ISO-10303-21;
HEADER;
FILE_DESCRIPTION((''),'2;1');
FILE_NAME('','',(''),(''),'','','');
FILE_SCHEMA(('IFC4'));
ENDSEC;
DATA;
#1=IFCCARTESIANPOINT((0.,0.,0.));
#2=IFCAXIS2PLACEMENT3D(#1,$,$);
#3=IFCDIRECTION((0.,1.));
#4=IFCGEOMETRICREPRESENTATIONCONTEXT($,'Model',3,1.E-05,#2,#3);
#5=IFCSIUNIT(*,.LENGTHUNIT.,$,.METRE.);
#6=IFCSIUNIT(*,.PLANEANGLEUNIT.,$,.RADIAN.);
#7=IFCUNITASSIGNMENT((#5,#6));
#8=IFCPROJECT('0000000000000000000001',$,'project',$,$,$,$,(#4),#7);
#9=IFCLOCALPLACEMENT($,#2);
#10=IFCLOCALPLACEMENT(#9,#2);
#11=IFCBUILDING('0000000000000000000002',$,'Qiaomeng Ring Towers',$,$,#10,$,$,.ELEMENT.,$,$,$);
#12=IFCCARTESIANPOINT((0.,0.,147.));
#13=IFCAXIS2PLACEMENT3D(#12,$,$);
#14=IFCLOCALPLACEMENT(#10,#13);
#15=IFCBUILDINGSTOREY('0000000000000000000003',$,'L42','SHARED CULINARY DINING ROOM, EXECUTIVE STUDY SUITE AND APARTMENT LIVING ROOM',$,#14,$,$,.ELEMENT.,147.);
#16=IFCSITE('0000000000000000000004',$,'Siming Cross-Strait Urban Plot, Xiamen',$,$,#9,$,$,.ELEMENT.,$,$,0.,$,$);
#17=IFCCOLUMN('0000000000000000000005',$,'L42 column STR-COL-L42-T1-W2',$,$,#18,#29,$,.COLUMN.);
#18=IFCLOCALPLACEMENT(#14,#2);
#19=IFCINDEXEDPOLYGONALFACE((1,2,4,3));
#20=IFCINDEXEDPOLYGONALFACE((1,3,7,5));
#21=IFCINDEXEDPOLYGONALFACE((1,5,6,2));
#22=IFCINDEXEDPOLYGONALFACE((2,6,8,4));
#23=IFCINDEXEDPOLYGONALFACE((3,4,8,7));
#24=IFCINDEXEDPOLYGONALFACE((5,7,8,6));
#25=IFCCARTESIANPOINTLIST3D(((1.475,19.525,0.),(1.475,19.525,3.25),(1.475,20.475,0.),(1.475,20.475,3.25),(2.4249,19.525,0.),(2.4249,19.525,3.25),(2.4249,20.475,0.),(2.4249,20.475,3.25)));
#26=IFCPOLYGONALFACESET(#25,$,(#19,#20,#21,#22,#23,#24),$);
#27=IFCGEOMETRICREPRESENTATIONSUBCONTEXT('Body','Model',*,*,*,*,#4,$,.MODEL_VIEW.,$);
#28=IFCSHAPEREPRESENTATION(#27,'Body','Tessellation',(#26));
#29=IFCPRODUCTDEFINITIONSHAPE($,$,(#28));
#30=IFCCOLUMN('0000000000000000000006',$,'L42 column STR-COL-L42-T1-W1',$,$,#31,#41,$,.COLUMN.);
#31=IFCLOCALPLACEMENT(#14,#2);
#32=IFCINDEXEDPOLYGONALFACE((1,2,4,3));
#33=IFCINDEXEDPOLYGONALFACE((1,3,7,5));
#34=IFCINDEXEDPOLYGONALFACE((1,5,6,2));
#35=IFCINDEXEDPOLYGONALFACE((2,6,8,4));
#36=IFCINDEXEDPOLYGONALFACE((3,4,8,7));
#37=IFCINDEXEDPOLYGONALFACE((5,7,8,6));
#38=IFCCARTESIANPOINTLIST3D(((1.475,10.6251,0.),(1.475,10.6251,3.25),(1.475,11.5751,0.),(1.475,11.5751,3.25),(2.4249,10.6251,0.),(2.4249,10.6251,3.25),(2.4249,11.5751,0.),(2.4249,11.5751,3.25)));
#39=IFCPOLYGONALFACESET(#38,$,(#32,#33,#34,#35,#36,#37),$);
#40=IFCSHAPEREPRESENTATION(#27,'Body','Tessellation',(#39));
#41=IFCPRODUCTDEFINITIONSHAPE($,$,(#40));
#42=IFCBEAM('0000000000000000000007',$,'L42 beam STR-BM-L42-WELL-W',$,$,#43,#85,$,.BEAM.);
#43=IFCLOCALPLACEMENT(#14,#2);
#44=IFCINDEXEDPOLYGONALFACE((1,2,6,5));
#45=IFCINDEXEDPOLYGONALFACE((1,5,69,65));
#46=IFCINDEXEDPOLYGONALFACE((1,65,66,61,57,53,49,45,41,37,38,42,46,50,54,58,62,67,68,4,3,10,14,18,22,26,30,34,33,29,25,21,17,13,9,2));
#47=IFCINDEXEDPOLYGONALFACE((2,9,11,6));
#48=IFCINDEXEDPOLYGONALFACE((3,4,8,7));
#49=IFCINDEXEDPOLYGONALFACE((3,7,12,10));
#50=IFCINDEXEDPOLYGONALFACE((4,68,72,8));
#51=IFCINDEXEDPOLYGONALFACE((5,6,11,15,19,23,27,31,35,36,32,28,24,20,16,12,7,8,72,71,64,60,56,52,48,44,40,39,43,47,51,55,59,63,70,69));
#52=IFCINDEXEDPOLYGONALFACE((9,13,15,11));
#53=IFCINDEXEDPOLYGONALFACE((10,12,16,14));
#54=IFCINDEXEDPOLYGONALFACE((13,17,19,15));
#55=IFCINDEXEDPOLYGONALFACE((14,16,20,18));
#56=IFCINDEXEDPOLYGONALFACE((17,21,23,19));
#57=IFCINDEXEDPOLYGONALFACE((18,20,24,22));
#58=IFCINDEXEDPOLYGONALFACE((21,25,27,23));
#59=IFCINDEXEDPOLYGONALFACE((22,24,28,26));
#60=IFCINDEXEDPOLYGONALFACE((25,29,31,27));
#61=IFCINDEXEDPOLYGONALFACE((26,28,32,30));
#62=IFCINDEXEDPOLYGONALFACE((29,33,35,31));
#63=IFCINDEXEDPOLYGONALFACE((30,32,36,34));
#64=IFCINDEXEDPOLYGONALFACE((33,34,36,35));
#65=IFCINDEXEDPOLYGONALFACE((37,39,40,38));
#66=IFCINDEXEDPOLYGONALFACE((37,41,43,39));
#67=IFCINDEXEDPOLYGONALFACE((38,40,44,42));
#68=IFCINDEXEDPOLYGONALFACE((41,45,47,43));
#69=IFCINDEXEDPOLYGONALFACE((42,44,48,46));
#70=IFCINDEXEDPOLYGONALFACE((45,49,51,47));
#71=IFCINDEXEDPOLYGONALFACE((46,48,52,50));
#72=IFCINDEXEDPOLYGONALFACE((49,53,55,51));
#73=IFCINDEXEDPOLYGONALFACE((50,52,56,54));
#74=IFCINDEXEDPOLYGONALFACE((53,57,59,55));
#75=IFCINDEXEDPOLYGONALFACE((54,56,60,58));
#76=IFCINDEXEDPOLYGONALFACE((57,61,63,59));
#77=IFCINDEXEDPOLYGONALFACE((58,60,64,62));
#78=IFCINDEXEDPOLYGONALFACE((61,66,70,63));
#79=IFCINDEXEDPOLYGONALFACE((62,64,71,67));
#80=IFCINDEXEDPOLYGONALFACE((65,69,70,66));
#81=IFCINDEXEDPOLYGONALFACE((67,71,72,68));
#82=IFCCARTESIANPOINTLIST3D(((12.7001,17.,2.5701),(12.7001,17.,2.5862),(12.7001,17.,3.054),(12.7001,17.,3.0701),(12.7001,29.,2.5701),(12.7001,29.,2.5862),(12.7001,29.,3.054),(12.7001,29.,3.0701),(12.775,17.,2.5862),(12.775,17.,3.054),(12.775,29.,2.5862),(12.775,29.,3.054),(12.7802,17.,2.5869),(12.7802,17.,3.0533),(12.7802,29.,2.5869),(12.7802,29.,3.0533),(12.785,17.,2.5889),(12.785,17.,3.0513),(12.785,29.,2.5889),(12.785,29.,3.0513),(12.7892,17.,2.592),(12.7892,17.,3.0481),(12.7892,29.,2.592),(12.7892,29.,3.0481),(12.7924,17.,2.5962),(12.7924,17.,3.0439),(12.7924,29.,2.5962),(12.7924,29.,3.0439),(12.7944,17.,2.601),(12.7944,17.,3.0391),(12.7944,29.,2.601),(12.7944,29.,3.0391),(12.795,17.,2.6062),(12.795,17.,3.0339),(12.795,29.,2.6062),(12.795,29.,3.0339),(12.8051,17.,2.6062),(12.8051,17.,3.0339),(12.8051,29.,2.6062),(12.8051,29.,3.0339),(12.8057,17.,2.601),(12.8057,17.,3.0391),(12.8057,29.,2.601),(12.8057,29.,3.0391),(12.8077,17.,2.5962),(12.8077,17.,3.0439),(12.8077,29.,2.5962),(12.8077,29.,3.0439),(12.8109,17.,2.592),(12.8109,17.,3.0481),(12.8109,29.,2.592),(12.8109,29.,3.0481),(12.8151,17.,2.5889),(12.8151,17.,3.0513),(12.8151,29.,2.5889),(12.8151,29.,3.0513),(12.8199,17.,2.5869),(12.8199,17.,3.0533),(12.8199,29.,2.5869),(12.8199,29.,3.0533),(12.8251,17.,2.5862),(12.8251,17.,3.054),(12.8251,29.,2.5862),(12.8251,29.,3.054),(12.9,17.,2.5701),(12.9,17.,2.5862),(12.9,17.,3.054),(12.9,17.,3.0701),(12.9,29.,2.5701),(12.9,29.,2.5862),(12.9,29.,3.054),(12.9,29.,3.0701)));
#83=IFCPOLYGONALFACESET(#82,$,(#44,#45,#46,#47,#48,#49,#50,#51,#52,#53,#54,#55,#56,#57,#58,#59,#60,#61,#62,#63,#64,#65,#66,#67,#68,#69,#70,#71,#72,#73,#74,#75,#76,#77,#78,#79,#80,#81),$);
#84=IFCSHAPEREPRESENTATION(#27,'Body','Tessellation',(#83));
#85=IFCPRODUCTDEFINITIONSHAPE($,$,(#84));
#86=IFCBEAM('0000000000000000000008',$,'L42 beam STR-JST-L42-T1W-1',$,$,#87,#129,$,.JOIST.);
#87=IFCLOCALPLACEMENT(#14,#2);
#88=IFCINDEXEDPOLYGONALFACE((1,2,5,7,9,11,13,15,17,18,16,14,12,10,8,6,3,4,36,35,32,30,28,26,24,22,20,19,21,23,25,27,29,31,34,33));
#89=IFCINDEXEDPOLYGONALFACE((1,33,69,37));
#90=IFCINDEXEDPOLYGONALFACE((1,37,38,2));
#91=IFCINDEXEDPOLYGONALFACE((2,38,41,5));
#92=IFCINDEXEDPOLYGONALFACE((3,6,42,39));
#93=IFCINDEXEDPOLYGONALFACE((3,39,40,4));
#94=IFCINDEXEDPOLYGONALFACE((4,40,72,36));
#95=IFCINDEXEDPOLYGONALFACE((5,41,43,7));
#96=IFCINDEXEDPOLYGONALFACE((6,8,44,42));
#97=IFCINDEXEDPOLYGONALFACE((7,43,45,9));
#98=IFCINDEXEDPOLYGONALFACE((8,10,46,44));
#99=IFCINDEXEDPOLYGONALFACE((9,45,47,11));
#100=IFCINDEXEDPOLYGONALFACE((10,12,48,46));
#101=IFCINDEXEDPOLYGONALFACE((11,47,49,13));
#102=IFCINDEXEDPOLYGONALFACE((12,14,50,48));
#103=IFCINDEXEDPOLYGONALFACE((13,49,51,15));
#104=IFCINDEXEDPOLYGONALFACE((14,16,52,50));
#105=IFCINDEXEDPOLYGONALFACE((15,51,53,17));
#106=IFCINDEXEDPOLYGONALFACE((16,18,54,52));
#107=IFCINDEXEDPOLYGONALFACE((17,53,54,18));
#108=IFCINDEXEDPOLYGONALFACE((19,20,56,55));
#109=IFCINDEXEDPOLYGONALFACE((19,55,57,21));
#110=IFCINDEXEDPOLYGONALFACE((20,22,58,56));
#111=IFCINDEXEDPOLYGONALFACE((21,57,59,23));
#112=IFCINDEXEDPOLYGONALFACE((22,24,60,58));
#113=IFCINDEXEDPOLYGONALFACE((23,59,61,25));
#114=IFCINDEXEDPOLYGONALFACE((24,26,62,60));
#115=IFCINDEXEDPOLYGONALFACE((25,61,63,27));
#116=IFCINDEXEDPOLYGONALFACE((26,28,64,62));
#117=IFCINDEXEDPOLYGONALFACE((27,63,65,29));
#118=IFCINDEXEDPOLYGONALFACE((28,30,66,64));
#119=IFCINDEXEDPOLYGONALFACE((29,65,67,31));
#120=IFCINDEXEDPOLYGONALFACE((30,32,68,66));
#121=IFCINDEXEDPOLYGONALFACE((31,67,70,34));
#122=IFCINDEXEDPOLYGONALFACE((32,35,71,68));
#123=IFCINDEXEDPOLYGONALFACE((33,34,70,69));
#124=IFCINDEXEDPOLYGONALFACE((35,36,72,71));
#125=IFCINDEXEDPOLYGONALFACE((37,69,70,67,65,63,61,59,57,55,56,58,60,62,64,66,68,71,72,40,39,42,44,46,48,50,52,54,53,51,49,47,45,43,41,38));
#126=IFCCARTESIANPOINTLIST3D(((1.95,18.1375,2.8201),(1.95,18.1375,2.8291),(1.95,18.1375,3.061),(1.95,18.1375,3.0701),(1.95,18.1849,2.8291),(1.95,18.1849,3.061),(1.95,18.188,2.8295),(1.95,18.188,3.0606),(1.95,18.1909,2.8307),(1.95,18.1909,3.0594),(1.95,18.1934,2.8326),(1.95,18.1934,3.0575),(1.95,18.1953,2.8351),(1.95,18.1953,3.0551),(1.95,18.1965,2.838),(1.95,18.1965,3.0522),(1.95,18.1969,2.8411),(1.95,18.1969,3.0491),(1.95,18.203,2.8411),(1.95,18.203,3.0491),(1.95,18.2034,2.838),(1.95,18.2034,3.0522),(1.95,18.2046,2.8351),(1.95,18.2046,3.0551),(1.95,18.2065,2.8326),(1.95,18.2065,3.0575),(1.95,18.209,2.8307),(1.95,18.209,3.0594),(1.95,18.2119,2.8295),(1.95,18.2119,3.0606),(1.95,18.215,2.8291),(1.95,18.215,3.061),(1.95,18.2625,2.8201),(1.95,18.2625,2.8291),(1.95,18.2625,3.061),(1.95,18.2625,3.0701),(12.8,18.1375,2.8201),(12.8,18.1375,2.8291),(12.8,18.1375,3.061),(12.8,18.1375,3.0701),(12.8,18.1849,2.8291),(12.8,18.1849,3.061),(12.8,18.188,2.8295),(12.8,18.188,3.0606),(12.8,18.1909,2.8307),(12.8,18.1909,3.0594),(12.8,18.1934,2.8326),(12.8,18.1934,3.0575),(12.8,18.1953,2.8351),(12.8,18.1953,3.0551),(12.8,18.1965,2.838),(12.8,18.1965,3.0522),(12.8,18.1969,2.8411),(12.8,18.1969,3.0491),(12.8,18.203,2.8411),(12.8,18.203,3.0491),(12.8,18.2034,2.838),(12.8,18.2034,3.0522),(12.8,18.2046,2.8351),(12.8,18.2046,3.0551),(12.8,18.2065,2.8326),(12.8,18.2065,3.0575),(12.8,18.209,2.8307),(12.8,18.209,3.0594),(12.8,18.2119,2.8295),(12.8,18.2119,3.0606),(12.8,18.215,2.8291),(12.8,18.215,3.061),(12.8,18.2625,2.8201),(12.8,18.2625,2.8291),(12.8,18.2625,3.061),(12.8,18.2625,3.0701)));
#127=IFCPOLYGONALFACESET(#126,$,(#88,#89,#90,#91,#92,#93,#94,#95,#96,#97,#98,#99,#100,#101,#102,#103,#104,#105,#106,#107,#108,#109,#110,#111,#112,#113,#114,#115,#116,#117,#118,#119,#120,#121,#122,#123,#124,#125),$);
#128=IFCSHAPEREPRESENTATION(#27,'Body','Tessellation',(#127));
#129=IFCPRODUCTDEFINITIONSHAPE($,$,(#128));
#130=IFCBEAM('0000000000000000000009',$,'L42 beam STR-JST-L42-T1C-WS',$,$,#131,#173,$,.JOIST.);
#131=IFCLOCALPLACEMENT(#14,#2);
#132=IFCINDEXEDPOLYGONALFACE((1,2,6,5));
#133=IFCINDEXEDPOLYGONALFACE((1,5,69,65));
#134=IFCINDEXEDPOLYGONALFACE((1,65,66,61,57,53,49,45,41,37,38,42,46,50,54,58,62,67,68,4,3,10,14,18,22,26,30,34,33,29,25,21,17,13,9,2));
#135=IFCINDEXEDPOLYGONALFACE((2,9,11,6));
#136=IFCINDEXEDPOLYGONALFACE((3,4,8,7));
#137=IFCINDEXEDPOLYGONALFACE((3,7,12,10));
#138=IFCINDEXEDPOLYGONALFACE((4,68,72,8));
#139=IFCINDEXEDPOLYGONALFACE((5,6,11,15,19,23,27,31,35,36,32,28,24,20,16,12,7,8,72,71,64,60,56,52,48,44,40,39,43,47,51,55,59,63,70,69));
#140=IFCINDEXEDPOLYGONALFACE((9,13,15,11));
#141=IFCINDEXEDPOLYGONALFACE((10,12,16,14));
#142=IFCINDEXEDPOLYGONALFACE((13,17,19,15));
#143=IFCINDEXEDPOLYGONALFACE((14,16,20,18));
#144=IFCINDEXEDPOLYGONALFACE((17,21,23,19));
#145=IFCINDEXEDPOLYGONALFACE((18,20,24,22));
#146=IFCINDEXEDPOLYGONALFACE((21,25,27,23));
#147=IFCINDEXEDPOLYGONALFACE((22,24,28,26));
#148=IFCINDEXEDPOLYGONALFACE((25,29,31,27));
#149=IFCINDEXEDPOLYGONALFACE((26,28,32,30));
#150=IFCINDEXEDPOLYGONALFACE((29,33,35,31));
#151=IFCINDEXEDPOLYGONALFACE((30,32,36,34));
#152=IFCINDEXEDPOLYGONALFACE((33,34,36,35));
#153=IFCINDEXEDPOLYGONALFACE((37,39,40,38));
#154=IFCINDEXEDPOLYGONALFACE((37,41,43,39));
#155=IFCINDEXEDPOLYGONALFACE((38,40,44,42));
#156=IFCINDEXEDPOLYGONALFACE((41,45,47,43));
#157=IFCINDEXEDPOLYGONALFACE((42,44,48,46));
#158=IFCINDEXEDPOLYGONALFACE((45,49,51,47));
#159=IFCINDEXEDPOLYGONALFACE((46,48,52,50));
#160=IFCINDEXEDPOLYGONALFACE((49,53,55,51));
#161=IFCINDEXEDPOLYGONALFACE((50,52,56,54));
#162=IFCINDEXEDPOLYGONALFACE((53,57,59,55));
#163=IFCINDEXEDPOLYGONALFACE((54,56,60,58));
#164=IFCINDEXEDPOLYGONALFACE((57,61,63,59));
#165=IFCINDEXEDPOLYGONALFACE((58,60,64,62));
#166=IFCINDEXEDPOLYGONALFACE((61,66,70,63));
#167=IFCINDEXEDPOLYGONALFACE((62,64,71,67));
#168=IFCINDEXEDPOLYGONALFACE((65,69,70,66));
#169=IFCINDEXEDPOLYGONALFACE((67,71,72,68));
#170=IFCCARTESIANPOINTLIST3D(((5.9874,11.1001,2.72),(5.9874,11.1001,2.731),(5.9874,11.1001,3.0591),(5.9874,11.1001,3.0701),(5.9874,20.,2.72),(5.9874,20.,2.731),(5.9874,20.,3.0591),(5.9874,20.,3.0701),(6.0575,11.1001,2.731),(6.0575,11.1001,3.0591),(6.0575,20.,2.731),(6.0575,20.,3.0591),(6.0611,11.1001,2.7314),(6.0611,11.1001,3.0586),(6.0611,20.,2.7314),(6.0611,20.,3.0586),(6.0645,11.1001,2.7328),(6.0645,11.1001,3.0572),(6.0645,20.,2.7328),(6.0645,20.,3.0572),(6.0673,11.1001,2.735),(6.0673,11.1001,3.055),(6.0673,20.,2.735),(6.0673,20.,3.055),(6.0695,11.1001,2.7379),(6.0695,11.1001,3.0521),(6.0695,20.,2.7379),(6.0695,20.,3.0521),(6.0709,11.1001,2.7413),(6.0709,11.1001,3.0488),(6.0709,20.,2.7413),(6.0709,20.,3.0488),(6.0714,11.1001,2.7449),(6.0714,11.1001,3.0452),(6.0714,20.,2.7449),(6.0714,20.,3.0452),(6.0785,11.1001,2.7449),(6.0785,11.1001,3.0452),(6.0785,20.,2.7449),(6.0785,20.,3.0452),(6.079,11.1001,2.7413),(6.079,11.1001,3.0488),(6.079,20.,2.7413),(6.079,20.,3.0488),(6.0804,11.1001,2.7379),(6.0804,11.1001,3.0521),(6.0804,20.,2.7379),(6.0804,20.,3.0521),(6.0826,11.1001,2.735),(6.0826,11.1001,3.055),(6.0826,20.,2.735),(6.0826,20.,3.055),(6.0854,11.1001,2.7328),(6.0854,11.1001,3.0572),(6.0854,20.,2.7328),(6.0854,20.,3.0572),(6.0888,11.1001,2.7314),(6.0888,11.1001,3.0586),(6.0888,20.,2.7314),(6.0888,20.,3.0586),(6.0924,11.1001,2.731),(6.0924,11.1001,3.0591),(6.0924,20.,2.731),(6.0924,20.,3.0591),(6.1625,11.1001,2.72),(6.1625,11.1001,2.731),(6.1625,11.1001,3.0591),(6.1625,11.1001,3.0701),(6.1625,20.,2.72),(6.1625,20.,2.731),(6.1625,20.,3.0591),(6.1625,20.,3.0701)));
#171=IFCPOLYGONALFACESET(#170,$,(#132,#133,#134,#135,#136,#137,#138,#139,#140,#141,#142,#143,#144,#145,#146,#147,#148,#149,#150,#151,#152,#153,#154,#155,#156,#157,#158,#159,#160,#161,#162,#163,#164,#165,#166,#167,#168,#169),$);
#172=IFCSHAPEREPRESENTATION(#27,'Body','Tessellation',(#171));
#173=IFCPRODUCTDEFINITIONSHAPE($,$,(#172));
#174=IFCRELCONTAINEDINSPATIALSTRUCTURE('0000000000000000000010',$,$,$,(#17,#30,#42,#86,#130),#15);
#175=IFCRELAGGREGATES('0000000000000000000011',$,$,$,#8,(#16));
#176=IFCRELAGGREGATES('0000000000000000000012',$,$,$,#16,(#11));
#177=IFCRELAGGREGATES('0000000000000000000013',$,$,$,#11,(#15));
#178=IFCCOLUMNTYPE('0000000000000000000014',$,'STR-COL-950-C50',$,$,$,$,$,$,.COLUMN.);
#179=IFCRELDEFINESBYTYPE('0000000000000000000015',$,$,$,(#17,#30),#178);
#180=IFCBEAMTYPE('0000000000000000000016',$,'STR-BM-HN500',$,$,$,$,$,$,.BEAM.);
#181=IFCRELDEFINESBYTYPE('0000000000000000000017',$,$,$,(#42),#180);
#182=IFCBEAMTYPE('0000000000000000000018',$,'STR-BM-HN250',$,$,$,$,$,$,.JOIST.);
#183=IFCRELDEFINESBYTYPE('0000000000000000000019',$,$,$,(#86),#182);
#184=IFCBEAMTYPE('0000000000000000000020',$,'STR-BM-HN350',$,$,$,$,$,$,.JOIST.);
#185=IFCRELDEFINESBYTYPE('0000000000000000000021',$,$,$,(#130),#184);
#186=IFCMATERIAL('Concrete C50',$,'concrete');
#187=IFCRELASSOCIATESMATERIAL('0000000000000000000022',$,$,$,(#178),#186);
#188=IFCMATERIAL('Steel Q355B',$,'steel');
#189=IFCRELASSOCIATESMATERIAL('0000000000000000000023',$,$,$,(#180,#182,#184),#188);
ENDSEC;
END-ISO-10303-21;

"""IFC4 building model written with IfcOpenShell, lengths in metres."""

from ifc_helpers import new_model, si_unit, direction, frame, origin, origin_2d, place, context, subcontext, project, spatial, rectangle, i_section, extrude, source, transform, mapped, material, material_profile, profile_set, type_object, element, save


model = new_model("IFC4")

# Units and contexts
model_context = context("Model", 3, precision=1e-05, world=origin(), true_north=direction((0.0, 1.0)))
body_context = subcontext(model_context, "Body", "Model", "MODEL_VIEW")
ifc_project = project(units=[si_unit("LENGTHUNIT", "METRE"), si_unit("PLANEANGLEUNIT", "RADIAN")], contexts=[model_context])

# Site, building, storey
site_placement = place(None, origin())
site = spatial("IfcSite", under=ifc_project, at=site_placement, Name="Siming Cross-Strait Urban Plot, Xiamen", CompositionType="ELEMENT", RefElevation=0.0)
building_placement = place(site_placement, origin())
building = spatial("IfcBuilding", under=site, at=building_placement, Name="Qiaomeng Ring Towers", CompositionType="ELEMENT")
storey_placement = place(building_placement, frame((0.0, 0.0, 147.0)))
storey = spatial("IfcBuildingStorey", under=building, at=storey_placement, Name="L42", Description="SHARED CULINARY DINING ROOM, EXECUTIVE STUDY SUITE AND APARTMENT LIVING ROOM", CompositionType="ELEMENT", Elevation=147.0)

# Columns
ifc_material_1 = material(Name="Concrete C50", Category="concrete")
ifc_material_profile_1 = material_profile(ifc_material_1, rectangle(XDim=0.95, YDim=0.95, at=origin_2d()), Name="RC COL 950x950")
ifc_profile_set_1 = profile_set([ifc_material_profile_1], Name="Concrete C50")
column_type = type_object("IfcColumnType", Name="STR-COL-950-C50", PredefinedType="COLUMN", material=ifc_profile_set_1)
shared_shape_1 = source(origin(), body_context, "Body", "SweptSolid", [
    extrude(rectangle(XDim=0.95, YDim=0.95, at=origin_2d()), origin(), (0.0, 0.0, 1.0), 3.25),
])
for number, where, z_axis, x_axis, name in (
    (1, (1.95, 20.0, 0.0), (0.0, 0.0, 1.0), (1.0, 0.0, 0.0), "L42 column STR-COL-L42-T1-W2"),
    (2, (1.95, 11.1001, 0.0), (0.0, 0.0, 1.0), (1.0, 0.0, 0.0), "L42 column STR-COL-L42-T1-W1"),
):
    element("IfcColumn", number, at=place(storey_placement, frame(where, z_axis=z_axis, x_axis=x_axis)), inside=storey, type_object=column_type, Name=name, PredefinedType="COLUMN", context=body_context, shape_type="MappedRepresentation", body=[
        mapped(shared_shape_1, transform((0.0, 0.0, 0.0), x_axis=(1.0, 0.0, 0.0), y_axis=(0.0, 1.0, 0.0), z_axis=(0.0, 0.0, 1.0), scale=1.0)),
    ])

# Beams
ifc_material_2 = material(Name="Steel Q355B", Category="steel")
ifc_material_profile_2 = material_profile(ifc_material_2, i_section(OverallWidth=0.2, OverallDepth=0.5, WebThickness=0.01, FlangeThickness=0.0161, FilletRadius=0.02, at=origin_2d()), Name="HN 500x200x10x16")
ifc_profile_set_2 = profile_set([ifc_material_profile_2], Name="Steel Q355B")
beam_type_1 = type_object("IfcBeamType", Name="STR-BM-HN500", PredefinedType="BEAM", material=ifc_profile_set_2)
shared_shape_2 = source(origin(), body_context, "Body", "SweptSolid", [
    extrude(i_section(OverallWidth=0.2, OverallDepth=0.5, WebThickness=0.01, FlangeThickness=0.0161, FilletRadius=0.02, at=origin_2d()), origin(), (0.0, 0.0, 1.0), 12.0),
])
beam_1_placement = place(storey_placement, frame((12.8, 17.0, 2.8201), z_axis=(0.0, 1.0, 0.0), x_axis=(-1.0, 0.0, 0.0)))
element("IfcBeam", 3, at=beam_1_placement, inside=storey, type_object=beam_type_1, Name="L42 beam STR-BM-L42-WELL-W", PredefinedType="BEAM", context=body_context, shape_type="MappedRepresentation", body=[
    mapped(shared_shape_2, transform((0.0, 0.0, 0.0), x_axis=(1.0, 0.0, 0.0), y_axis=(0.0, 1.0, 0.0), z_axis=(0.0, 0.0, 1.0), scale=1.0)),
])
ifc_material_profile_3 = material_profile(ifc_material_2, i_section(OverallWidth=0.125, OverallDepth=0.25, WebThickness=0.0061, FlangeThickness=0.009, FilletRadius=0.012, at=origin_2d()), Name="HN 250x125x6x9")
ifc_profile_set_3 = profile_set([ifc_material_profile_3], Name="Steel Q355B")
beam_type_2 = type_object("IfcBeamType", Name="STR-BM-HN250", PredefinedType="JOIST", material=ifc_profile_set_3)
shared_shape_3 = source(origin(), body_context, "Body", "SweptSolid", [
    extrude(i_section(OverallWidth=0.125, OverallDepth=0.25, WebThickness=0.0061, FlangeThickness=0.009, FilletRadius=0.012, at=origin_2d()), origin(), (0.0, 0.0, 1.0), 10.8501),
])
beam_2_placement = place(storey_placement, frame((1.95, 18.2, 2.9451), z_axis=(1.0, 0.0, 0.0), x_axis=(0.0, 1.0, 0.0)))
element("IfcBeam", 4, at=beam_2_placement, inside=storey, type_object=beam_type_2, Name="L42 beam STR-JST-L42-T1W-1", PredefinedType="JOIST", context=body_context, shape_type="MappedRepresentation", body=[
    mapped(shared_shape_3, transform((0.0, 0.0, 0.0), x_axis=(1.0, 0.0, 0.0), y_axis=(0.0, 1.0, 0.0), z_axis=(0.0, 0.0, 1.0), scale=1.0)),
])
ifc_material_profile_4 = material_profile(ifc_material_2, i_section(OverallWidth=0.175, OverallDepth=0.3501, WebThickness=0.0071, FlangeThickness=0.011, FilletRadius=0.0139, at=origin_2d()), Name="HN 350x175x7x11")
ifc_profile_set_4 = profile_set([ifc_material_profile_4], Name="Steel Q355B")
beam_type_3 = type_object("IfcBeamType", Name="STR-BM-HN350", PredefinedType="JOIST", material=ifc_profile_set_4)
shared_shape_4 = source(origin(), body_context, "Body", "SweptSolid", [
    extrude(i_section(OverallWidth=0.175, OverallDepth=0.3501, WebThickness=0.0071, FlangeThickness=0.011, FilletRadius=0.0139, at=origin_2d()), origin(), (0.0, 0.0, 1.0), 8.8999),
])
beam_3_placement = place(storey_placement, frame((6.075, 11.1001, 2.895), z_axis=(0.0, 1.0, 0.0), x_axis=(-1.0, 0.0, 0.0)))
element("IfcBeam", 5, at=beam_3_placement, inside=storey, type_object=beam_type_3, Name="L42 beam STR-JST-L42-T1C-WS", PredefinedType="JOIST", context=body_context, shape_type="MappedRepresentation", body=[
    mapped(shared_shape_4, transform((0.0, 0.0, 0.0), x_axis=(1.0, 0.0, 0.0), y_axis=(0.0, 1.0, 0.0), z_axis=(0.0, 0.0, 1.0), scale=1.0)),
])

save(model, "model.ifc")
